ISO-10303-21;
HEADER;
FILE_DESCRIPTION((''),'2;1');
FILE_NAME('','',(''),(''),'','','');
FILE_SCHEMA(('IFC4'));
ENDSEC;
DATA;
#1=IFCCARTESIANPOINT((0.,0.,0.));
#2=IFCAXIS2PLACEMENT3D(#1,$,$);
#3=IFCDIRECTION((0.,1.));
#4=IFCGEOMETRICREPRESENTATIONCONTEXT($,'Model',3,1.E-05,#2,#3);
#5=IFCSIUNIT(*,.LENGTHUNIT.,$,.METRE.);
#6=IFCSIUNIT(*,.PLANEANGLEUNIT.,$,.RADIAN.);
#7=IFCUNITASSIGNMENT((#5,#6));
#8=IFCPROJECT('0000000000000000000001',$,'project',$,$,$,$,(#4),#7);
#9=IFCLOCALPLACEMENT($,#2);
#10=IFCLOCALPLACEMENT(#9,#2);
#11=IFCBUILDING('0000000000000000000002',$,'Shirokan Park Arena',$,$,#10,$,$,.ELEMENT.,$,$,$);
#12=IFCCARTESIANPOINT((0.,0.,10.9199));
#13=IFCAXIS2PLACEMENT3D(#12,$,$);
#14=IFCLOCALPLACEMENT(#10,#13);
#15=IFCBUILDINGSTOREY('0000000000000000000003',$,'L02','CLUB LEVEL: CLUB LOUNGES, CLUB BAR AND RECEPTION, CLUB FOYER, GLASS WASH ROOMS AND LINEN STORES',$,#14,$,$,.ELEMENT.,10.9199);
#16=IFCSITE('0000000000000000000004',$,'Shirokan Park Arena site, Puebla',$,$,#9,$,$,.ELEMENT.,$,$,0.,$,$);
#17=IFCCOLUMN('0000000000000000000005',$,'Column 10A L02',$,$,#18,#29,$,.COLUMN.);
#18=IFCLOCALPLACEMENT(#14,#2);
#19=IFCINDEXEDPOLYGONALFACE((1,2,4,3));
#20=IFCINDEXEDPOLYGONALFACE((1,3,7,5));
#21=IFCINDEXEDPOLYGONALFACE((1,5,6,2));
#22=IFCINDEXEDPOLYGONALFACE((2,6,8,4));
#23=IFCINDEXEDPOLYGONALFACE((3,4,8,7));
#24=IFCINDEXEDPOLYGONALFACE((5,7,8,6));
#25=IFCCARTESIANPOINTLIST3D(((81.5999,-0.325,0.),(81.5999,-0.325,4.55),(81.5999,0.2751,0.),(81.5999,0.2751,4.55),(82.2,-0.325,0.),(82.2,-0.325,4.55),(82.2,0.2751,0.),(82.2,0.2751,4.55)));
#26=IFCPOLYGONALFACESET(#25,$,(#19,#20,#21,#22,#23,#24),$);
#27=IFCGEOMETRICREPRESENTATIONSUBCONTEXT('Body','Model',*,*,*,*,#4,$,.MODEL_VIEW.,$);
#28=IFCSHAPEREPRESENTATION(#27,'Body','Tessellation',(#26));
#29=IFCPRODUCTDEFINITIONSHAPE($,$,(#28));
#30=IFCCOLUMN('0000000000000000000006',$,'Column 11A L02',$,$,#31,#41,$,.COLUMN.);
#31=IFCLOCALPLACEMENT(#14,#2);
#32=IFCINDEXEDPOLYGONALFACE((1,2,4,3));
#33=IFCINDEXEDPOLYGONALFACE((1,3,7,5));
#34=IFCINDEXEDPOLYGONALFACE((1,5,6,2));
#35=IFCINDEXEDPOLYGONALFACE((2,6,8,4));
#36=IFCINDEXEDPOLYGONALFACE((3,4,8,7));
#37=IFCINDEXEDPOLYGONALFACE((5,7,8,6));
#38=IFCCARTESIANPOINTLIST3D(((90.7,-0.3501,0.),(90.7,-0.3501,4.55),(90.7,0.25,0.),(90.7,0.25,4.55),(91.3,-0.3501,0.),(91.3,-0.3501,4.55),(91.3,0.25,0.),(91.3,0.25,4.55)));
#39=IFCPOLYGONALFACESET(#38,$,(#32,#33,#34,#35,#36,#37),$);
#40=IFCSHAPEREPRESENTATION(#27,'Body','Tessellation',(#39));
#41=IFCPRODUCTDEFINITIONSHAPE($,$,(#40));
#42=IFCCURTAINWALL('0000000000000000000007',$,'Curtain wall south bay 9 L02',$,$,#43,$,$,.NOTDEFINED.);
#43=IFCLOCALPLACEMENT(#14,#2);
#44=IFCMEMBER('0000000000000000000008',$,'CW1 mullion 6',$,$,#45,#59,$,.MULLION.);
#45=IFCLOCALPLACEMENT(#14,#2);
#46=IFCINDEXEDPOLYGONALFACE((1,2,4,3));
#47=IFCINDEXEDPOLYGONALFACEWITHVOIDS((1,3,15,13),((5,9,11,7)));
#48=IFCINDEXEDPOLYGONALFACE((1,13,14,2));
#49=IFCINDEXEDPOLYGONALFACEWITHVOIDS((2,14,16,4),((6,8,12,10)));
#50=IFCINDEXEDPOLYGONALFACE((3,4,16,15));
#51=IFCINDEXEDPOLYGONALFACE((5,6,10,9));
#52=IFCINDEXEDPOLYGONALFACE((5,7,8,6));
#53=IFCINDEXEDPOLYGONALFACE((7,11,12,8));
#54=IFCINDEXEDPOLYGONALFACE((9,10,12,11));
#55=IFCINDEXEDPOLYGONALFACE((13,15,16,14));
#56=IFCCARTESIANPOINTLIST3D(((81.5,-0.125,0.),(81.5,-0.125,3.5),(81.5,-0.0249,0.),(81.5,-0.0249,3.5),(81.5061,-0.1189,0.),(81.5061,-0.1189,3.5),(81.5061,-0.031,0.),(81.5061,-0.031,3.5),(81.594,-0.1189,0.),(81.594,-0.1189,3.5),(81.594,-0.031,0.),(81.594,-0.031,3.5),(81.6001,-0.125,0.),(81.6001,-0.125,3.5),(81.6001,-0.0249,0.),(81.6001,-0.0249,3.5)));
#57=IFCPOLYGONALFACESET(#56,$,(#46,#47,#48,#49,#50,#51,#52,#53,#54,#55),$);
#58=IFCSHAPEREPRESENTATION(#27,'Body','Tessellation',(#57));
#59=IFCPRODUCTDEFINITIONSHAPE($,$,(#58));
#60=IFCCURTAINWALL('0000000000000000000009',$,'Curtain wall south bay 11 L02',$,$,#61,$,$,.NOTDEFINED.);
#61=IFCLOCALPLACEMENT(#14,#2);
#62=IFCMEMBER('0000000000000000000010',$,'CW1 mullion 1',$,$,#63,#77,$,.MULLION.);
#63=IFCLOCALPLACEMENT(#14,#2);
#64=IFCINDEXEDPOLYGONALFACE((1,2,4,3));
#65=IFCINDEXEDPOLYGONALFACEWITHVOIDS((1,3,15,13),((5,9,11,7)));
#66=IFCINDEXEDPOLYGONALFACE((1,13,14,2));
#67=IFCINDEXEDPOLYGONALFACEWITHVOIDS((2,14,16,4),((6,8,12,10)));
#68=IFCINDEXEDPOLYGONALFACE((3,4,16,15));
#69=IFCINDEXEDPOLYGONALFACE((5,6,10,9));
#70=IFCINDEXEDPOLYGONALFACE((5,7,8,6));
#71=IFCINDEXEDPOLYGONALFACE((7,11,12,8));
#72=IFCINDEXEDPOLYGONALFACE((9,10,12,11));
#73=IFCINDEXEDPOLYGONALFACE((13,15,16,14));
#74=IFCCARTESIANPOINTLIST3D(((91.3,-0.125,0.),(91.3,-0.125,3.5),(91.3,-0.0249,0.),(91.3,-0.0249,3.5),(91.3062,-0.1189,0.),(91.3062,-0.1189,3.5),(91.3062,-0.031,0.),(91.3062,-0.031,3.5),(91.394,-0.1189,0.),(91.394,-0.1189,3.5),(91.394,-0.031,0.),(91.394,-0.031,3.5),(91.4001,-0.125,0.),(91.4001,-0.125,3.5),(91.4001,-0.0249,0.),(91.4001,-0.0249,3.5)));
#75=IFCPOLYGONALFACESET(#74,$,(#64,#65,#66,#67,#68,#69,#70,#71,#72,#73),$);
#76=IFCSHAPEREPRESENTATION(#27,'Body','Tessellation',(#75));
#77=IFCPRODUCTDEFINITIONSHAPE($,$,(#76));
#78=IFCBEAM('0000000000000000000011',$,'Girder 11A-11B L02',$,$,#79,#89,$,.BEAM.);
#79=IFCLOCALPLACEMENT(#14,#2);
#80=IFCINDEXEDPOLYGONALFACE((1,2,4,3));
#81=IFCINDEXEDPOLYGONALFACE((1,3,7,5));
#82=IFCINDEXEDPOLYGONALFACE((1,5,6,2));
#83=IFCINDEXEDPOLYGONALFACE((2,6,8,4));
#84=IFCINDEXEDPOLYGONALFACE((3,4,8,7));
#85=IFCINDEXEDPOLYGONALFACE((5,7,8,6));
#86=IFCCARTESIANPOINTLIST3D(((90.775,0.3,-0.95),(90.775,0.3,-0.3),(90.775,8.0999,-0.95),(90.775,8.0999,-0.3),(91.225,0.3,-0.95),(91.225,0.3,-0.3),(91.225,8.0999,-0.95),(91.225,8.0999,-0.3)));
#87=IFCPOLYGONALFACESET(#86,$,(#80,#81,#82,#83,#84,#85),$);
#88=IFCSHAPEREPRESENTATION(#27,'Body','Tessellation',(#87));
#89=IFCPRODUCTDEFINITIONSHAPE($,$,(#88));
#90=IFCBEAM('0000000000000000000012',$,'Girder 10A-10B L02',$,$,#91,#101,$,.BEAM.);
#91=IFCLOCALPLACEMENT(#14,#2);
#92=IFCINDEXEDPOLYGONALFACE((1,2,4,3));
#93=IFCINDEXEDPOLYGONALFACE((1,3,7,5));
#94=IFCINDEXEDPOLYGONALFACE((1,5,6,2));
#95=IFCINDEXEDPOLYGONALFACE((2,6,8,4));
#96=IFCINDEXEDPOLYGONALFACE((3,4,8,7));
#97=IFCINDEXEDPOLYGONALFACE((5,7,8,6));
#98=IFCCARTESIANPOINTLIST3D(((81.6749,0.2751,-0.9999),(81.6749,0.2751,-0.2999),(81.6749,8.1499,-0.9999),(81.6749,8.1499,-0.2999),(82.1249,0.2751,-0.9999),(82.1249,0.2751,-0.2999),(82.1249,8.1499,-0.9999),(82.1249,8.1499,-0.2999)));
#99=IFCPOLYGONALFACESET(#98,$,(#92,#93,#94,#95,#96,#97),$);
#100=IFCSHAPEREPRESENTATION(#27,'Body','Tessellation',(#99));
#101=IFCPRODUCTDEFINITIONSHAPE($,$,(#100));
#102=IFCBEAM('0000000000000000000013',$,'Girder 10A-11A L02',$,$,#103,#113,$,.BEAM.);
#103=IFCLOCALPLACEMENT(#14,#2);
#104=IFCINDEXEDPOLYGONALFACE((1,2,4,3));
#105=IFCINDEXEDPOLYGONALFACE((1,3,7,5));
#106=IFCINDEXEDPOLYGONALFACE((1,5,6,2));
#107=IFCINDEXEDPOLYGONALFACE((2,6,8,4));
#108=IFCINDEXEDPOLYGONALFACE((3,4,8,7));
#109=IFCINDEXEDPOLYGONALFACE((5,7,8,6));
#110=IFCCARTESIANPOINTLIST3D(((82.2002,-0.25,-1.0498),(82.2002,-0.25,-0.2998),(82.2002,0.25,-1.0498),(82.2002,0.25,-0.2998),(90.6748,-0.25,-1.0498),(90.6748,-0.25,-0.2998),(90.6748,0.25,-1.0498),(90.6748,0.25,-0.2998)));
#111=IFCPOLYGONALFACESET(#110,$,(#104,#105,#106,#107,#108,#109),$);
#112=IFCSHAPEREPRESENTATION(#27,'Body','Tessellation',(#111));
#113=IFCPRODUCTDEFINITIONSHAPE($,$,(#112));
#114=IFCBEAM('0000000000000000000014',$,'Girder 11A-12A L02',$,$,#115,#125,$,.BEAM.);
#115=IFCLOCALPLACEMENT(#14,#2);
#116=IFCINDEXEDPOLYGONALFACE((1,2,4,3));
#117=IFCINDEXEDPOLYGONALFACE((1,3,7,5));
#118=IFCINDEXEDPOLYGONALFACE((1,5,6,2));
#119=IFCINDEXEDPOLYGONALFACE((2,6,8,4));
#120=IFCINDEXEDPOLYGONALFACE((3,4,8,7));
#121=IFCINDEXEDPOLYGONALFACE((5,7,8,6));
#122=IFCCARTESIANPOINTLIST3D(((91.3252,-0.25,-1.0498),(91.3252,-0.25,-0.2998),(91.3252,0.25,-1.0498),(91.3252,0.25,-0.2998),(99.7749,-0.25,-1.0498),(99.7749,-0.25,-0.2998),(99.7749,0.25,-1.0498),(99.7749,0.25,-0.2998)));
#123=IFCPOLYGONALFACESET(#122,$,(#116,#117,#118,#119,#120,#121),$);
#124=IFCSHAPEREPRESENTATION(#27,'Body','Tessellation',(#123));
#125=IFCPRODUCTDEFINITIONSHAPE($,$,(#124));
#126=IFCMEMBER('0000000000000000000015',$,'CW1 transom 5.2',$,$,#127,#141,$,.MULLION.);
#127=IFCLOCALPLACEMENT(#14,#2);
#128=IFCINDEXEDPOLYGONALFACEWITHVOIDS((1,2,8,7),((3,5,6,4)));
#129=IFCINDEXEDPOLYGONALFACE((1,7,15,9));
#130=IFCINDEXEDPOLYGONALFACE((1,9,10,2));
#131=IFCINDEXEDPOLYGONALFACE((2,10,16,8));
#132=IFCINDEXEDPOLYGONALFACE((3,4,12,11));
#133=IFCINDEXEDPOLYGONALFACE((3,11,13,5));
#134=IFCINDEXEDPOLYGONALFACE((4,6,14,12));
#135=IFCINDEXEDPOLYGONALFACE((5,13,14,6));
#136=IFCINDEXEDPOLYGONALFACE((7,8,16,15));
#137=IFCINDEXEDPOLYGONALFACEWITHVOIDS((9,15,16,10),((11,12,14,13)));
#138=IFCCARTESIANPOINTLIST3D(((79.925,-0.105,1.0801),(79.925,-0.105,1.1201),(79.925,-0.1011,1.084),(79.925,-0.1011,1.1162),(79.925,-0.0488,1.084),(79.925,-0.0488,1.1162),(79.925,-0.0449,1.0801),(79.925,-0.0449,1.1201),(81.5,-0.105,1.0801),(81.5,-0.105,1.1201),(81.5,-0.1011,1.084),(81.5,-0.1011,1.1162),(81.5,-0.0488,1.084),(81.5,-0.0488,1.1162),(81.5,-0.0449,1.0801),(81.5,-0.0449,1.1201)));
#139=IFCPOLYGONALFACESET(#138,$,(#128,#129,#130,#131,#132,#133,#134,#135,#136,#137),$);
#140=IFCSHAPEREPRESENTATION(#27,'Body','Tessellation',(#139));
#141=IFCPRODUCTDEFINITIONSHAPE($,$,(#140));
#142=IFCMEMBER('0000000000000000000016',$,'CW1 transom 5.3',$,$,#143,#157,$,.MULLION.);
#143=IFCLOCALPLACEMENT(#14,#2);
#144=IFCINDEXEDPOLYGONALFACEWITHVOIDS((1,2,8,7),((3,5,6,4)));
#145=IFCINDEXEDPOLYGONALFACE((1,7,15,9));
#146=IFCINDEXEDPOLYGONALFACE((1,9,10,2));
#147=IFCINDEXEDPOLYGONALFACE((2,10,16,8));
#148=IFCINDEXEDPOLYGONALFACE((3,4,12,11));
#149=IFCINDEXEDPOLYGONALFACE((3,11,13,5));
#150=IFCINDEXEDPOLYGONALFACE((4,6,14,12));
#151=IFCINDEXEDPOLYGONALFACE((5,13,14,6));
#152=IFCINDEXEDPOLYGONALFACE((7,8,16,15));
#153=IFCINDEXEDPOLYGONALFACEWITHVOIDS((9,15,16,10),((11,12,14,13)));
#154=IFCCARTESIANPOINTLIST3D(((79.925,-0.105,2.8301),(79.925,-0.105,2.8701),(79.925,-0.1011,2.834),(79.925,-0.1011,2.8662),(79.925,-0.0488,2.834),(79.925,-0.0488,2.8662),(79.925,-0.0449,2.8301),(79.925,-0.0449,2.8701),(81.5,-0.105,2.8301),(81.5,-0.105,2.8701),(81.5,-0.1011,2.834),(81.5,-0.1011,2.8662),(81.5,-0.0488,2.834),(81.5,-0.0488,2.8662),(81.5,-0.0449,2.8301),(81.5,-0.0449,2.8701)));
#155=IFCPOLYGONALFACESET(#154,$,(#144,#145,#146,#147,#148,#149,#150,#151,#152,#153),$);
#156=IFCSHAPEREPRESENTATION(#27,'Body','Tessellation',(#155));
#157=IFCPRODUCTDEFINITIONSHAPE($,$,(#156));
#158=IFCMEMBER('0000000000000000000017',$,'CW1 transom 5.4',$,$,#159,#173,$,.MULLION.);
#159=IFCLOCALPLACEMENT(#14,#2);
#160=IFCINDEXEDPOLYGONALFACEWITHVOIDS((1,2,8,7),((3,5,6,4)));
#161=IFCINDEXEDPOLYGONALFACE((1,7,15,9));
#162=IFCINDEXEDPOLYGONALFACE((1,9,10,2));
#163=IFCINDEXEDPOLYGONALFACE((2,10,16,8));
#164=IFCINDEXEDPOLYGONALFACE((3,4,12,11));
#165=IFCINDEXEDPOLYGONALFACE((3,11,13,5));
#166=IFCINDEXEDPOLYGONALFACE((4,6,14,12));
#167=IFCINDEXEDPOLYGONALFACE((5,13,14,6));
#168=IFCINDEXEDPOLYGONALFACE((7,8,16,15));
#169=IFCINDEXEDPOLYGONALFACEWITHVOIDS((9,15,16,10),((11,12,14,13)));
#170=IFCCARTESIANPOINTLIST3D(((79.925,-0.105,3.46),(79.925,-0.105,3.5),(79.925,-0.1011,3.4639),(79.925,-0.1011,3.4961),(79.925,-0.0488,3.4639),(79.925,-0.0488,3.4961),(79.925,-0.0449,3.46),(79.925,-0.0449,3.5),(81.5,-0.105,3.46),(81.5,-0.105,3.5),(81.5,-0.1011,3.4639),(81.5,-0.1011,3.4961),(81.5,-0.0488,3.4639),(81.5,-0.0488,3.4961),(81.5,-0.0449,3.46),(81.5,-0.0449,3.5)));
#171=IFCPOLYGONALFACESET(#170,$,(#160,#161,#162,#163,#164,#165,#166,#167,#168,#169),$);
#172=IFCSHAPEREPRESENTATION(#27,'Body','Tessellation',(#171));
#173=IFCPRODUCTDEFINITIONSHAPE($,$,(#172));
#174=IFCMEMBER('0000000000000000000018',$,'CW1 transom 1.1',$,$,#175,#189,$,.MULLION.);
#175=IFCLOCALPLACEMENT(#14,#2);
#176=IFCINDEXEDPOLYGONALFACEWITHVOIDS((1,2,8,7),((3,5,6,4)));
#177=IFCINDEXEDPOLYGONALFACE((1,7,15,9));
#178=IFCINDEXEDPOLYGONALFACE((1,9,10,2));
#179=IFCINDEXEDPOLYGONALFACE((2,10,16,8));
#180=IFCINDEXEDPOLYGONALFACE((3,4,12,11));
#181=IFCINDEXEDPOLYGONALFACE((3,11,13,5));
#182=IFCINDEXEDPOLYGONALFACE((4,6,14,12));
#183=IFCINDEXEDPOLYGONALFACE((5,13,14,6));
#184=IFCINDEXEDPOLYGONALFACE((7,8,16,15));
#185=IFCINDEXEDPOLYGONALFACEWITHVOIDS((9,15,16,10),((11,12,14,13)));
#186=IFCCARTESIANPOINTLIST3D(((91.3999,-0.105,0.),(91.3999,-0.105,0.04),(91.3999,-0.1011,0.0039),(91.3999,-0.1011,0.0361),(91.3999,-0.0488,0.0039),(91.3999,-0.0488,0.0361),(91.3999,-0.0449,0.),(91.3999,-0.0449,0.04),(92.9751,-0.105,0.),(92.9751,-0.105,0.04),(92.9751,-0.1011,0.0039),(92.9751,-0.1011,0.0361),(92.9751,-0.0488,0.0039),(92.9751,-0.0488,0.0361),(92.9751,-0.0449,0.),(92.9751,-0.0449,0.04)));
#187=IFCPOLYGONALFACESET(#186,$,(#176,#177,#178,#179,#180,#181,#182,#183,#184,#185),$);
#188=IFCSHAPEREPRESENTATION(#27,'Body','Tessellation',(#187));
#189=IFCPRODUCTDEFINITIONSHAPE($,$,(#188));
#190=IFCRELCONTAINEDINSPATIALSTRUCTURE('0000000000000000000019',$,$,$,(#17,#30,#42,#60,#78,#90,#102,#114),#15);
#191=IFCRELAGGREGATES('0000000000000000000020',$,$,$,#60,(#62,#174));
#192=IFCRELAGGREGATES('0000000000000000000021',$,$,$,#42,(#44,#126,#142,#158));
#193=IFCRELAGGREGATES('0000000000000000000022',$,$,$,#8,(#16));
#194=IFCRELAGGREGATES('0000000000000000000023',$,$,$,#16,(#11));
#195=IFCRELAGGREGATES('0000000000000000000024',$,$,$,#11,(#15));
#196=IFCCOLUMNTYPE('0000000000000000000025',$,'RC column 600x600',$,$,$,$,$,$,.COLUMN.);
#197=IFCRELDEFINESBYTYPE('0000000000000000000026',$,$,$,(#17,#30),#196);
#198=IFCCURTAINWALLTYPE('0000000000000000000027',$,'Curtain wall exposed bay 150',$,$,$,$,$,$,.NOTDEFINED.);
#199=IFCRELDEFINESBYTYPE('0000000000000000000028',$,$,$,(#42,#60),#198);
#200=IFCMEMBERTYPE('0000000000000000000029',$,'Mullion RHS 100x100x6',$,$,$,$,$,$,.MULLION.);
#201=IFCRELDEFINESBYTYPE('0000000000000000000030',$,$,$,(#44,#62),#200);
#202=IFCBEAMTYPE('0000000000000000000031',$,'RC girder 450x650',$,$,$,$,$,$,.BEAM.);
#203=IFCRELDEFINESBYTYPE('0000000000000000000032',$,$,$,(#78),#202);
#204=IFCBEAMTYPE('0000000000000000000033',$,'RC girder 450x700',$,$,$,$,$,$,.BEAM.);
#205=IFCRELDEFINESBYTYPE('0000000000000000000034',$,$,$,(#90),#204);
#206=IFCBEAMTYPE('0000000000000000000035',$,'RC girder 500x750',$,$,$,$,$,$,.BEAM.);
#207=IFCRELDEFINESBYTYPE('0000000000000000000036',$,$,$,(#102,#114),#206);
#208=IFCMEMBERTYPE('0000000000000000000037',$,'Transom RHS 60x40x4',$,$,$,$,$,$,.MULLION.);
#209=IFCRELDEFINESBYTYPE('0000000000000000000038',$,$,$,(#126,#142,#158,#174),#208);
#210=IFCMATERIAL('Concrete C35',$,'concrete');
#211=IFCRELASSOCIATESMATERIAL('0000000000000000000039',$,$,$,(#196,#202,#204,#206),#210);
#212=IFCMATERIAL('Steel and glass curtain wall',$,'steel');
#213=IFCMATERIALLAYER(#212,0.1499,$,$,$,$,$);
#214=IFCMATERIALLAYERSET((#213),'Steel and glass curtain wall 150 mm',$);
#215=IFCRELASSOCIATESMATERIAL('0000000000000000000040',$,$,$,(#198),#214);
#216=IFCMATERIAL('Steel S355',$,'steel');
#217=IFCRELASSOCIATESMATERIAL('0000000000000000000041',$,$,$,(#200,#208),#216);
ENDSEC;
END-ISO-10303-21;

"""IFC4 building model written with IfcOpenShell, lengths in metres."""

from ifc_helpers import new_model, si_unit, direction, frame, origin, origin_2d, place, context, subcontext, project, spatial, rectangle, hollow_rectangle, extrude, material, layer, layer_set, material_profile, profile_set, type_object, element, aggregate, save


model = new_model("IFC4")

# Units and contexts
model_context = context("Model", 3, precision=1e-05, world=origin(), true_north=direction((0.0, 1.0)))
body_context = subcontext(model_context, "Body", "Model", "MODEL_VIEW")
ifc_project = project(units=[si_unit("LENGTHUNIT", "METRE"), si_unit("PLANEANGLEUNIT", "RADIAN")], contexts=[model_context])

# Site, building, storey
site_placement = place(None, origin())
site = spatial("IfcSite", under=ifc_project, at=site_placement, Name="Shirokan Park Arena site, Puebla", CompositionType="ELEMENT", RefElevation=0.0)
building_placement = place(site_placement, origin())
building = spatial("IfcBuilding", under=site, at=building_placement, Name="Shirokan Park Arena", CompositionType="ELEMENT")
storey_placement = place(building_placement, frame((0.0, 0.0, 10.9199)))
storey = spatial("IfcBuildingStorey", under=building, at=storey_placement, Name="L02", Description="CLUB LEVEL: CLUB LOUNGES, CLUB BAR AND RECEPTION, CLUB FOYER, GLASS WASH ROOMS AND LINEN STORES", CompositionType="ELEMENT", Elevation=10.9199)

# Columns
ifc_material_1 = material(Name="Concrete C35", Category="concrete")
ifc_material_profile_1 = material_profile(ifc_material_1, rectangle(XDim=0.6001, YDim=0.6001, at=origin_2d()), Name="600x600")
ifc_profile_set_1 = profile_set([ifc_material_profile_1], Name="Concrete C35")
column_type = type_object("IfcColumnType", Name="RC column 600x600", PredefinedType="COLUMN", material=ifc_profile_set_1)
for number, where, z_axis, x_axis, name in (
    (1, (81.8999, -0.0249, 0.0), (0.0, 0.0, 1.0), (1.0, 0.0, 0.0), "Column 10A L02"),
    (2, (91.0, -0.05, 0.0), (0.0, 0.0, 1.0), (1.0, 0.0, 0.0), "Column 11A L02"),
):
    element("IfcColumn", number, at=place(storey_placement, frame(where, z_axis=z_axis, x_axis=x_axis)), inside=storey, type_object=column_type, Name=name, PredefinedType="COLUMN", context=body_context, shape_type="SweptSolid", body=[
        extrude(rectangle(XDim=0.6001, YDim=0.6001, at=origin_2d()), origin(), (0.0, 0.0, 1.0), 4.55),
    ])

# Curtain walls, members
ifc_material_2 = material(Name="Steel and glass curtain wall", Category="steel")
ifc_layer_1 = layer(ifc_material_2, 0.1499)
ifc_layer_set_1 = layer_set([ifc_layer_1], Name="Steel and glass curtain wall 150 mm")
curtain_wall_type = type_object("IfcCurtainWallType", Name="Curtain wall exposed bay 150", PredefinedType="NOTDEFINED", material=ifc_layer_set_1)
curtain_wall_1_placement = place(storey_placement, origin())
curtain_wall_1 = element("IfcCurtainWall", 3, at=curtain_wall_1_placement, inside=storey, type_object=curtain_wall_type, Name="Curtain wall south bay 9 L02", PredefinedType="NOTDEFINED")
ifc_material_3 = material(Name="Steel S355", Category="steel")
ifc_material_profile_2 = material_profile(ifc_material_3, hollow_rectangle(XDim=0.1001, YDim=0.1001, WallThickness=0.0061, at=origin_2d()), Name="RHS 100x100x6")
ifc_profile_set_2 = profile_set([ifc_material_profile_2], Name="Steel S355")
member_type_1 = type_object("IfcMemberType", Name="Mullion RHS 100x100x6", PredefinedType="MULLION", material=ifc_profile_set_2)
member_1_placement = place(storey_placement, frame((81.55, -0.075, 0.0), z_axis=(0.0, 0.0, 1.0), x_axis=(0.0, 1.0, 0.0)))
member_1 = element("IfcMember", 4, at=member_1_placement, type_object=member_type_1, Name="CW1 mullion 6", PredefinedType="MULLION", context=body_context, shape_type="SweptSolid", body=[
    extrude(hollow_rectangle(XDim=0.1001, YDim=0.1001, WallThickness=0.0061, at=origin_2d()), origin(), (0.0, 0.0, 1.0), 3.5),
])
curtain_wall_2_placement = place(storey_placement, origin())
curtain_wall_2 = element("IfcCurtainWall", 5, at=curtain_wall_2_placement, inside=storey, type_object=curtain_wall_type, Name="Curtain wall south bay 11 L02", PredefinedType="NOTDEFINED")
member_2_placement = place(storey_placement, frame((91.3501, -0.075, 0.0), z_axis=(0.0, 0.0, 1.0), x_axis=(0.0, 1.0, 0.0)))
member_2 = element("IfcMember", 6, at=member_2_placement, type_object=member_type_1, Name="CW1 mullion 1", PredefinedType="MULLION", context=body_context, shape_type="SweptSolid", body=[
    extrude(hollow_rectangle(XDim=0.1001, YDim=0.1001, WallThickness=0.0061, at=origin_2d()), origin(), (0.0, 0.0, 1.0), 3.5),
])

# Beams
ifc_material_profile_3 = material_profile(ifc_material_1, rectangle(XDim=0.45, YDim=0.6499, at=origin_2d()), Name="450x650")
ifc_profile_set_3 = profile_set([ifc_material_profile_3], Name="Concrete C35")
beam_type_1 = type_object("IfcBeamType", Name="RC girder 450x650", PredefinedType="BEAM", material=ifc_profile_set_3)
beam_1_placement = place(storey_placement, frame((91.0, 0.3, -0.625), z_axis=(0.0, 1.0, 0.0), x_axis=(-1.0, 0.0, 0.0)))
element("IfcBeam", 7, at=beam_1_placement, inside=storey, type_object=beam_type_1, Name="Girder 11A-11B L02", PredefinedType="BEAM", context=body_context, shape_type="SweptSolid", body=[
    extrude(rectangle(XDim=0.45, YDim=0.6499, at=origin_2d()), origin(), (0.0, 0.0, 1.0), 7.7998),
])
ifc_material_profile_4 = material_profile(ifc_material_1, rectangle(XDim=0.45, YDim=0.7, at=origin_2d()), Name="450x700")
ifc_profile_set_4 = profile_set([ifc_material_profile_4], Name="Concrete C35")
beam_type_2 = type_object("IfcBeamType", Name="RC girder 450x700", PredefinedType="BEAM", material=ifc_profile_set_4)
beam_2_placement = place(storey_placement, frame((81.8999, 0.2751, -0.6499), z_axis=(0.0, 1.0, 0.0), x_axis=(-1.0, 0.0, 0.0)))
element("IfcBeam", 8, at=beam_2_placement, inside=storey, type_object=beam_type_2, Name="Girder 10A-10B L02", PredefinedType="BEAM", context=body_context, shape_type="SweptSolid", body=[
    extrude(rectangle(XDim=0.45, YDim=0.7, at=origin_2d()), origin(), (0.0, 0.0, 1.0), 7.8748),
])
ifc_material_profile_5 = material_profile(ifc_material_1, rectangle(XDim=0.5, YDim=0.75, at=origin_2d()), Name="500x750")
ifc_profile_set_5 = profile_set([ifc_material_profile_5], Name="Concrete C35")
beam_type_3 = type_object("IfcBeamType", Name="RC girder 500x750", PredefinedType="BEAM", material=ifc_profile_set_5)
beam_3_placement = place(storey_placement, frame((82.2002, 0.0, -0.6748), z_axis=(1.0, 0.0, 0.0), x_axis=(0.0, 1.0, 0.0)))
element("IfcBeam", 9, at=beam_3_placement, inside=storey, type_object=beam_type_3, Name="Girder 10A-11A L02", PredefinedType="BEAM", context=body_context, shape_type="SweptSolid", body=[
    extrude(rectangle(XDim=0.5, YDim=0.75, at=origin_2d()), origin(), (0.0, 0.0, 1.0), 8.4746),
])
beam_4_placement = place(storey_placement, frame((91.3252, 0.0, -0.6748), z_axis=(1.0, 0.0, 0.0), x_axis=(0.0, 1.0, 0.0)))
element("IfcBeam", 10, at=beam_4_placement, inside=storey, type_object=beam_type_3, Name="Girder 11A-12A L02", PredefinedType="BEAM", context=body_context, shape_type="SweptSolid", body=[
    extrude(rectangle(XDim=0.5, YDim=0.75, at=origin_2d()), origin(), (0.0, 0.0, 1.0), 8.4497),
])

# Members
ifc_material_profile_6 = material_profile(ifc_material_3, hollow_rectangle(XDim=0.0601, YDim=0.04, WallThickness=0.0039, at=origin_2d()), Name="RHS 60x40x4")
ifc_profile_set_6 = profile_set([ifc_material_profile_6], Name="Steel S355")
member_type_2 = type_object("IfcMemberType", Name="Transom RHS 60x40x4", PredefinedType="MULLION", material=ifc_profile_set_6)
member_3_placement = place(storey_placement, frame((79.925, -0.075, 1.1001), z_axis=(1.0, 0.0, 0.0), x_axis=(0.0, 1.0, 0.0)))
member_3 = element("IfcMember", 11, at=member_3_placement, type_object=member_type_2, Name="CW1 transom 5.2", PredefinedType="MULLION", context=body_context, shape_type="SweptSolid", body=[
    extrude(hollow_rectangle(XDim=0.0601, YDim=0.04, WallThickness=0.0039, at=origin_2d()), origin(), (0.0, 0.0, 1.0), 1.575),
])
member_4_placement = place(storey_placement, frame((79.925, -0.075, 2.8501), z_axis=(1.0, 0.0, 0.0), x_axis=(0.0, 1.0, 0.0)))
member_4 = element("IfcMember", 12, at=member_4_placement, type_object=member_type_2, Name="CW1 transom 5.3", PredefinedType="MULLION", context=body_context, shape_type="SweptSolid", body=[
    extrude(hollow_rectangle(XDim=0.0601, YDim=0.04, WallThickness=0.0039, at=origin_2d()), origin(), (0.0, 0.0, 1.0), 1.575),
])
member_5_placement = place(storey_placement, frame((79.925, -0.075, 3.48), z_axis=(1.0, 0.0, 0.0), x_axis=(0.0, 1.0, 0.0)))
member_5 = element("IfcMember", 13, at=member_5_placement, type_object=member_type_2, Name="CW1 transom 5.4", PredefinedType="MULLION", context=body_context, shape_type="SweptSolid", body=[
    extrude(hollow_rectangle(XDim=0.0601, YDim=0.04, WallThickness=0.0039, at=origin_2d()), origin(), (0.0, 0.0, 1.0), 1.575),
])
member_6_placement = place(storey_placement, frame((91.3999, -0.075, 0.02), z_axis=(1.0, 0.0, 0.0), x_axis=(0.0, 1.0, 0.0)))
member_6 = element("IfcMember", 14, at=member_6_placement, type_object=member_type_2, Name="CW1 transom 1.1", PredefinedType="MULLION", context=body_context, shape_type="SweptSolid", body=[
    extrude(hollow_rectangle(XDim=0.0601, YDim=0.04, WallThickness=0.0039, at=origin_2d()), origin(), (0.0, 0.0, 1.0), 1.5752),
])
aggregate(curtain_wall_2, [member_2, member_6])

aggregate(curtain_wall_1, [member_1, member_3, member_4, member_5])

save(model, "model.ifc")
